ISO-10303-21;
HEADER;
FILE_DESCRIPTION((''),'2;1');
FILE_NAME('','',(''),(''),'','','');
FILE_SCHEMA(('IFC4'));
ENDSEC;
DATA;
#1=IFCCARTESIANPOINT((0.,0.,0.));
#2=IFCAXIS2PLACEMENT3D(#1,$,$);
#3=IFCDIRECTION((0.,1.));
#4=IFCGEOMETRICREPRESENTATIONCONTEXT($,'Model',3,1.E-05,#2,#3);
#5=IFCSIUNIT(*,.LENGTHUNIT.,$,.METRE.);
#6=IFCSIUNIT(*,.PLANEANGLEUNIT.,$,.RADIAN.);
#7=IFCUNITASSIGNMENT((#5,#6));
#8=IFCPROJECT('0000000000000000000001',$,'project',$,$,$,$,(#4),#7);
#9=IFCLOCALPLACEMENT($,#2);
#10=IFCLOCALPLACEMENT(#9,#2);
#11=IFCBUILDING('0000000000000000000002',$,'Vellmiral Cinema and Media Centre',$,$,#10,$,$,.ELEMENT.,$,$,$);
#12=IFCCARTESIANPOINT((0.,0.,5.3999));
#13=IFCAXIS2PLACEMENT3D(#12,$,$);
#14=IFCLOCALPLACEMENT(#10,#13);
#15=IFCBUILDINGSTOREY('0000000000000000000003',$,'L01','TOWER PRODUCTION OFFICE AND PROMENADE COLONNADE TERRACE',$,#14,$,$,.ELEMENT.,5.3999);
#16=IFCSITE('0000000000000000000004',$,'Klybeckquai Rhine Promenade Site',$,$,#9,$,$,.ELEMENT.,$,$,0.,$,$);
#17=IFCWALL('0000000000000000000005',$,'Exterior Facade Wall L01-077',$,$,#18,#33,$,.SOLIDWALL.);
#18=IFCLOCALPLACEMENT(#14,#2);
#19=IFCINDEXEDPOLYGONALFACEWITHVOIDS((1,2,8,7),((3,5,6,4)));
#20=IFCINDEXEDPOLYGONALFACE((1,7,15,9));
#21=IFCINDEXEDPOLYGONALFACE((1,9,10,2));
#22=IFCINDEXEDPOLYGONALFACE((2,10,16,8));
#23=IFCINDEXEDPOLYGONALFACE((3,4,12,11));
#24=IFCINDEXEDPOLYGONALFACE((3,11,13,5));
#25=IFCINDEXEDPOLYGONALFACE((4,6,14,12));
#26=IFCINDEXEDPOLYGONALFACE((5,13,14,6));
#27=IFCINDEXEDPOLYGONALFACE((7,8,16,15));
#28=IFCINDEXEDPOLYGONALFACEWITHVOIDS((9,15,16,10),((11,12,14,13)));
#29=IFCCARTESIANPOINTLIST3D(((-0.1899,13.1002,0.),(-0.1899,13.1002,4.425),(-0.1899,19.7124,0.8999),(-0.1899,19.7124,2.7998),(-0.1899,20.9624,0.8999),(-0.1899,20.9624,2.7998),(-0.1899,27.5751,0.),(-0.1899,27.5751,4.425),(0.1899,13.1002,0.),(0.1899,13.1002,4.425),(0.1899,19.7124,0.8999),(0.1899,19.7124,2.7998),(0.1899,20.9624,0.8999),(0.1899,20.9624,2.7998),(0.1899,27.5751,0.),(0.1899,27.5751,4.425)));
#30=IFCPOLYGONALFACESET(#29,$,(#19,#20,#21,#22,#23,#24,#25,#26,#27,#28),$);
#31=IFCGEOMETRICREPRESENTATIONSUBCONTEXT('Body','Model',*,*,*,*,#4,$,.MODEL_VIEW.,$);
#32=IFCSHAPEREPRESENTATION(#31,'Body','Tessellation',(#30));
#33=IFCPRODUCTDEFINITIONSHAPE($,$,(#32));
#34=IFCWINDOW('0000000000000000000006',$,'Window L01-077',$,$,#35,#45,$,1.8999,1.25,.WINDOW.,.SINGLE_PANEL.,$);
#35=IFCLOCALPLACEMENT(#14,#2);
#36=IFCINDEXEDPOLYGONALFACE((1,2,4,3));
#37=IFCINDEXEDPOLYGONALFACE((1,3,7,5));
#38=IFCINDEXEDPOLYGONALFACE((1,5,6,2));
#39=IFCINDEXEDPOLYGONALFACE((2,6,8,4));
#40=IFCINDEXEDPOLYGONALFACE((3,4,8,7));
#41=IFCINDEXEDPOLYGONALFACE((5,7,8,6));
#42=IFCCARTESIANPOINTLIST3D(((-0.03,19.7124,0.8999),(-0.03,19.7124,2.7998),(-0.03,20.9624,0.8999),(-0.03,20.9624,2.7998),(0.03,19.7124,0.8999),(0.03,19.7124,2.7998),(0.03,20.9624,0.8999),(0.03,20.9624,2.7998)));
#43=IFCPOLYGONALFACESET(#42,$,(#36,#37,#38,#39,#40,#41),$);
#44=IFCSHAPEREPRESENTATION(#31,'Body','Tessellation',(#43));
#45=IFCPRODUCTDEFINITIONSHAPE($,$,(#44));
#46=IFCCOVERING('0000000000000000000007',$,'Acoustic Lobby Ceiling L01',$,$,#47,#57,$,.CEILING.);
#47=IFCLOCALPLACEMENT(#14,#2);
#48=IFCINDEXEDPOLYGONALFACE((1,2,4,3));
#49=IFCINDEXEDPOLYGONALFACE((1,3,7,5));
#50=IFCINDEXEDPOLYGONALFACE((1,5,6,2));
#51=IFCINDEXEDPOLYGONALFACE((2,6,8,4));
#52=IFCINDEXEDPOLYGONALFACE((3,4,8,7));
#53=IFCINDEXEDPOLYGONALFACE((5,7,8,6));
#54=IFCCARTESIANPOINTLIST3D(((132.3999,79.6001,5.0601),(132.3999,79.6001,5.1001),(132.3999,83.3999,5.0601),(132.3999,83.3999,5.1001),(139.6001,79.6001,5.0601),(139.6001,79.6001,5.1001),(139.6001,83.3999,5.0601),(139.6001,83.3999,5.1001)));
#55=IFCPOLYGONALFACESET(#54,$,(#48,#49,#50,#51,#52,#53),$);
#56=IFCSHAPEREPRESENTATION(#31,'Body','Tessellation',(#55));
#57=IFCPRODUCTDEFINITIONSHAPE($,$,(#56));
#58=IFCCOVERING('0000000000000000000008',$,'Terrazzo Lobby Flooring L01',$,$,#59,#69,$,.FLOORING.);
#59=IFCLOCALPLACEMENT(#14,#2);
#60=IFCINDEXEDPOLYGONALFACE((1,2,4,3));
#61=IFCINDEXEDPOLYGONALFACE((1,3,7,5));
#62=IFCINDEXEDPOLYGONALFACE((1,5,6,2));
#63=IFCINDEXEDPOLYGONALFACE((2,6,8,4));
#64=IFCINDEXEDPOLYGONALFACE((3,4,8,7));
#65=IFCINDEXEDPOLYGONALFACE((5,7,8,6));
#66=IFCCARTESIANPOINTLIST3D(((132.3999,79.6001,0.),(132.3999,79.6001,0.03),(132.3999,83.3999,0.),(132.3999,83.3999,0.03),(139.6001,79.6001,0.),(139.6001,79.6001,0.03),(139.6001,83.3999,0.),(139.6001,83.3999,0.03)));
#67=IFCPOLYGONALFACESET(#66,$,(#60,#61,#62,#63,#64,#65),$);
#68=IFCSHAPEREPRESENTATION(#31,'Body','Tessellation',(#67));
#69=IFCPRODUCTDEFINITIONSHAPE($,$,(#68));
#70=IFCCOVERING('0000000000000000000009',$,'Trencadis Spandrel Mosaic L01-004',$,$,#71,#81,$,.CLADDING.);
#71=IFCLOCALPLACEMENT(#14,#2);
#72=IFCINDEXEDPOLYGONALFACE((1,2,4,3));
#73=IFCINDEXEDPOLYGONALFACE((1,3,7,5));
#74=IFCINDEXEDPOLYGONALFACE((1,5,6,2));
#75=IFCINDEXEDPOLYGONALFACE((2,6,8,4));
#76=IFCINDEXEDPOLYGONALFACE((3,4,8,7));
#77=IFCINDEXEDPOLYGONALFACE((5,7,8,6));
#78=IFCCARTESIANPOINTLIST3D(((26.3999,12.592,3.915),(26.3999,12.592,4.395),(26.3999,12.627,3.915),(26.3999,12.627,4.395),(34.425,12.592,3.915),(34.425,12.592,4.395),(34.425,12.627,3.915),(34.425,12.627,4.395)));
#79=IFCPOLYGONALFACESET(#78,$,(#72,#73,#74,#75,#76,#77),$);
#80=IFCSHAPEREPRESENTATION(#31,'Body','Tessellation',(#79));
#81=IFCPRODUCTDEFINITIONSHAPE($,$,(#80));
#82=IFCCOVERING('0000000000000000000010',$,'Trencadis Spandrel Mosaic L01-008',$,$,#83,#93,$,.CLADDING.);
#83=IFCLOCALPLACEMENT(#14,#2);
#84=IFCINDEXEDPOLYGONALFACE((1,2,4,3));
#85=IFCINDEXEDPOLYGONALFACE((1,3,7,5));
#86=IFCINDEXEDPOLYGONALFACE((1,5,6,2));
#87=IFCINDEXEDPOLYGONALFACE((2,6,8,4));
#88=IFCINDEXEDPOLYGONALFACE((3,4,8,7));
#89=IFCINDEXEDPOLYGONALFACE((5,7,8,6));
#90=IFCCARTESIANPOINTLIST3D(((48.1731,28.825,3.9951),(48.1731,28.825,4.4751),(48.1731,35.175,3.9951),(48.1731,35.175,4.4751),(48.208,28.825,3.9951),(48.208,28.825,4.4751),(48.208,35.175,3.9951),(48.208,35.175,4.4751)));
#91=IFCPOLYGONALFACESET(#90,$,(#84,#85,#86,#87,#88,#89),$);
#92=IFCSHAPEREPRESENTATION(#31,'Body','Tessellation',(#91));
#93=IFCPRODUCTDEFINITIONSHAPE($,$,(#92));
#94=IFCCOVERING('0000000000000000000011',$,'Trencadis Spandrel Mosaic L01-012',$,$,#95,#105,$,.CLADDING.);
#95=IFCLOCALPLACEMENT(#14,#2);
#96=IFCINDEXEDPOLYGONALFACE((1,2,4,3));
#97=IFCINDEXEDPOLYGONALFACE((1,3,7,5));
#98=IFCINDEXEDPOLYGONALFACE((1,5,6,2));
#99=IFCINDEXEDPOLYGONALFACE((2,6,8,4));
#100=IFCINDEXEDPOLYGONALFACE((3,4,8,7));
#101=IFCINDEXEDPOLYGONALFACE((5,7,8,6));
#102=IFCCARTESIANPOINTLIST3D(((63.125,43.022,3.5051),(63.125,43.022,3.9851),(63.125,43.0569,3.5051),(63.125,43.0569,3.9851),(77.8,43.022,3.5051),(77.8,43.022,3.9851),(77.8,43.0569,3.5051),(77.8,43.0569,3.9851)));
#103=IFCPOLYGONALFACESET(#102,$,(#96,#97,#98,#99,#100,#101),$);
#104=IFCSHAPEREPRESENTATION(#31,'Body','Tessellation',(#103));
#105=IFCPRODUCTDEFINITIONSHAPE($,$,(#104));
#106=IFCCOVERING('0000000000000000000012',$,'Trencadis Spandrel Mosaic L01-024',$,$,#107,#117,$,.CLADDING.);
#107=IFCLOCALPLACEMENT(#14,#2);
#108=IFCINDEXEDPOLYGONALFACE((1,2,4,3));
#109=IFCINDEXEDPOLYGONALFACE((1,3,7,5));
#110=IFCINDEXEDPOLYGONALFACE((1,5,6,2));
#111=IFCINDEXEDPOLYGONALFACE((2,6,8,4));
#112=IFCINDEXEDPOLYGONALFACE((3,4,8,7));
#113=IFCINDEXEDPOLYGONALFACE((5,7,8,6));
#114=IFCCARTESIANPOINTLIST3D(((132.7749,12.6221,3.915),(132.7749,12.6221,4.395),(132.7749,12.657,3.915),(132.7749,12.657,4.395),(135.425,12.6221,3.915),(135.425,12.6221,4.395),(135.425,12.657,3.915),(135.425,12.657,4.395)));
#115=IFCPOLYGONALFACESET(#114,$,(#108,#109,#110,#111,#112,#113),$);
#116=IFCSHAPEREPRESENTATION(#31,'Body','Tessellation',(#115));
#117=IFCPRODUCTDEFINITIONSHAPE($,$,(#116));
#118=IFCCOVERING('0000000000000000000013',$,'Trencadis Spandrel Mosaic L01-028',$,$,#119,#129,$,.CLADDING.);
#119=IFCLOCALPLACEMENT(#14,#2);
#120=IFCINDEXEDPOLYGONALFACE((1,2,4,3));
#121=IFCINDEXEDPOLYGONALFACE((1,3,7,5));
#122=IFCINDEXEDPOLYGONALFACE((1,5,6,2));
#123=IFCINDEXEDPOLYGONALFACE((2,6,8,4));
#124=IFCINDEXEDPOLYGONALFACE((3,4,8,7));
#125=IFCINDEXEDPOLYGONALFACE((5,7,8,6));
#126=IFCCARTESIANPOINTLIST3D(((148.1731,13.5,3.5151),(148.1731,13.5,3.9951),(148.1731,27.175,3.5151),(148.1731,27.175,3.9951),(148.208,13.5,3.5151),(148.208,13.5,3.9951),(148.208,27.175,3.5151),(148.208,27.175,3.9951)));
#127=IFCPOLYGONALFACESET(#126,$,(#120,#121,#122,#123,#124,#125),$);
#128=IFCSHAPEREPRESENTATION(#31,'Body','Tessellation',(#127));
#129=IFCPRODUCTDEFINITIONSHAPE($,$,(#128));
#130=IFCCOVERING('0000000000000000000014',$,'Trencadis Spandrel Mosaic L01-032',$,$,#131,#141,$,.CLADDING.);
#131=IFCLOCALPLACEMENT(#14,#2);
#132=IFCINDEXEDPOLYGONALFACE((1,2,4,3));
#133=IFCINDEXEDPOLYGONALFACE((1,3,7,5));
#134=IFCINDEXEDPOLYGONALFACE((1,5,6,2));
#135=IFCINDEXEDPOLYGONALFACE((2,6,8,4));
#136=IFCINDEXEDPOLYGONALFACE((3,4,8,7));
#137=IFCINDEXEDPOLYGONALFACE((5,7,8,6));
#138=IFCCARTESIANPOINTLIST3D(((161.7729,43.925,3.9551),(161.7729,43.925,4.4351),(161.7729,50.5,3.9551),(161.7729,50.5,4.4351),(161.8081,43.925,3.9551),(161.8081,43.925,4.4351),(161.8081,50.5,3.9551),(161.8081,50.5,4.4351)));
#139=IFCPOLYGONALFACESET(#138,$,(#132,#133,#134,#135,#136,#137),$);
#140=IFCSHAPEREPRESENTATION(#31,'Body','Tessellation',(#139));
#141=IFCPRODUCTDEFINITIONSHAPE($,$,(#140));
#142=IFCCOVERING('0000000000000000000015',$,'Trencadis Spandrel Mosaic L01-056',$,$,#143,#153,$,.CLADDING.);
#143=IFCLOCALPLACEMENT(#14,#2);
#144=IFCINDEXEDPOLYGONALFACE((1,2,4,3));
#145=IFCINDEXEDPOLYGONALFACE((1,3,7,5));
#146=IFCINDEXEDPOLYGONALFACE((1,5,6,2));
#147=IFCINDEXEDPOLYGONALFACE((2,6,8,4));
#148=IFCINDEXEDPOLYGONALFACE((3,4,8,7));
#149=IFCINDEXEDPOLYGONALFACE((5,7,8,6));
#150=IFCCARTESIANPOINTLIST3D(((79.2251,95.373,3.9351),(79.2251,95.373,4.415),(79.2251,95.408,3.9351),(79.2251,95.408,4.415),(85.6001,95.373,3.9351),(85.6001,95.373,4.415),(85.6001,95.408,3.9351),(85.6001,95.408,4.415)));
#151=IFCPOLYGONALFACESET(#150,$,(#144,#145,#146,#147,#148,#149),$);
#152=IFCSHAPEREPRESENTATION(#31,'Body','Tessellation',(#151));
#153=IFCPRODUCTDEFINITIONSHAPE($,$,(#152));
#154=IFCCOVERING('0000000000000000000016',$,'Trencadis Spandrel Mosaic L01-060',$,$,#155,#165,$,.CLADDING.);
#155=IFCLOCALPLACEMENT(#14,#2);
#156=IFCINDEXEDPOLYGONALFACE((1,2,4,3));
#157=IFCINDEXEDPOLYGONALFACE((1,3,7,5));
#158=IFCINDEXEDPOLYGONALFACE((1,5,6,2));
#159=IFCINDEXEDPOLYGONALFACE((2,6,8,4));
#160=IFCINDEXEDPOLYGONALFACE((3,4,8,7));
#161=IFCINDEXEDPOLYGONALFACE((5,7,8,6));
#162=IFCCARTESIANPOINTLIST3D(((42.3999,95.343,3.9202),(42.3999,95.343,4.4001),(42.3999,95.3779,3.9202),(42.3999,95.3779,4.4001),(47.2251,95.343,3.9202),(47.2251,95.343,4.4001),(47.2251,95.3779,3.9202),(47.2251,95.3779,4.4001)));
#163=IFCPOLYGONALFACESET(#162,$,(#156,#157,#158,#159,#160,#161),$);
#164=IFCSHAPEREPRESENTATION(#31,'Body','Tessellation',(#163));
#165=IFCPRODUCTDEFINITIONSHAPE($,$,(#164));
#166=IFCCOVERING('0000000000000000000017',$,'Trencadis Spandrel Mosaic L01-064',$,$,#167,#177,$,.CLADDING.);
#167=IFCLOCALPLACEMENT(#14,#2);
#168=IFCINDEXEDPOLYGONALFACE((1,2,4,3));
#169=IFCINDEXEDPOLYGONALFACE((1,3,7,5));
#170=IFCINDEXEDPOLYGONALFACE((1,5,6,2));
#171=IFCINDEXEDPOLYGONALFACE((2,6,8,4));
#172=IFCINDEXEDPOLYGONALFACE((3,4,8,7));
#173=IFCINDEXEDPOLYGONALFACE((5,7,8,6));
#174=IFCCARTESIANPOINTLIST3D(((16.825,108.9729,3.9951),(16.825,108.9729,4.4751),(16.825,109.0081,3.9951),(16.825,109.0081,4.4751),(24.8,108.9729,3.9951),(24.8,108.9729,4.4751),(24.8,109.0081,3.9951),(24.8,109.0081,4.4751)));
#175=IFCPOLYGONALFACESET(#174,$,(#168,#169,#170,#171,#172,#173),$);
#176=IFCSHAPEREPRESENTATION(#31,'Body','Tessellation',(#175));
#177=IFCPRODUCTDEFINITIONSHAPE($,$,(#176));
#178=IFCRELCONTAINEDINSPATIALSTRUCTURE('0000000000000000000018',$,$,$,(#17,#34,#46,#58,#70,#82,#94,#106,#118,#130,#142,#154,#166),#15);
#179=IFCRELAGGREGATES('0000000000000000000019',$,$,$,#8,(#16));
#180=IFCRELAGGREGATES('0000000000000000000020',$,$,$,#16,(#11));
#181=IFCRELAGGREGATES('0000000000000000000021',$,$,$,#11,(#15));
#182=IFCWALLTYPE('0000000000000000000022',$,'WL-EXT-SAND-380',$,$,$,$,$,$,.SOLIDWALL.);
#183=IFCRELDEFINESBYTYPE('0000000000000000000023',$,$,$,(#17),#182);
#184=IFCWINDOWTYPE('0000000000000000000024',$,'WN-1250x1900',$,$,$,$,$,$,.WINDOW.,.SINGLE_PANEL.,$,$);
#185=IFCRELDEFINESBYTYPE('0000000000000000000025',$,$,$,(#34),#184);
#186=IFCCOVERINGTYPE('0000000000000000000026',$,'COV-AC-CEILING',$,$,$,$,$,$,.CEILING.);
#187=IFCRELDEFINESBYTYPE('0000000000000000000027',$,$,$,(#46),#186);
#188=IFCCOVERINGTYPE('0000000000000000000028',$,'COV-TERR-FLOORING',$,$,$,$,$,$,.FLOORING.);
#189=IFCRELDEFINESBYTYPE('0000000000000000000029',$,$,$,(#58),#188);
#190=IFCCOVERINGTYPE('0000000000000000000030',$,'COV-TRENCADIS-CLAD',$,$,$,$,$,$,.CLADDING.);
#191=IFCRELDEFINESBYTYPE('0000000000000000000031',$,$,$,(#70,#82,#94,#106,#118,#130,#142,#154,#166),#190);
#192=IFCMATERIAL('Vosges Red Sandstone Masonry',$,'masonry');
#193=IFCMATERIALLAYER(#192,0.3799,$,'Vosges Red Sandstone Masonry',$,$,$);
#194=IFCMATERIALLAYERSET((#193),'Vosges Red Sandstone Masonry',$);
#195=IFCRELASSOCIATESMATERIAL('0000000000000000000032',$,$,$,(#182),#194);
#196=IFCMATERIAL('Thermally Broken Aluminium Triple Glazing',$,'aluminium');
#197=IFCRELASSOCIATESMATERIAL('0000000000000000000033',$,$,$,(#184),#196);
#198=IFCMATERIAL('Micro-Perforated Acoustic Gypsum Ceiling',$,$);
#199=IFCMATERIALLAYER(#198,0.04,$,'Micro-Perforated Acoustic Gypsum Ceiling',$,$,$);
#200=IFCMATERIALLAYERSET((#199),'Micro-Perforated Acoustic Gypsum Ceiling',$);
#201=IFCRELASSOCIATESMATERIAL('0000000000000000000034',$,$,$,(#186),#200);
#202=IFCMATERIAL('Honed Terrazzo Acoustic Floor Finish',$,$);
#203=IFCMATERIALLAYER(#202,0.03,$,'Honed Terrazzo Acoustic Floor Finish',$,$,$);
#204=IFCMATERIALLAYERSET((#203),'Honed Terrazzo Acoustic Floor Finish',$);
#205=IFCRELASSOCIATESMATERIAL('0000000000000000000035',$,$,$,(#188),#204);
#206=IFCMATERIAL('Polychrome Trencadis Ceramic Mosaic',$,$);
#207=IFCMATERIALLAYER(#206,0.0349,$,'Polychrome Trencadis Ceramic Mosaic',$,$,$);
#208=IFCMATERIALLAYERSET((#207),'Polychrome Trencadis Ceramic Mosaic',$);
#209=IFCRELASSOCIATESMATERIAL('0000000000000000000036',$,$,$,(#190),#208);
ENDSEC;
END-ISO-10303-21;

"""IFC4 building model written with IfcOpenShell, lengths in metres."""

from ifc_helpers import new_model, si_unit, direction, frame, frame_2d, origin, place, context, subcontext, project, spatial, polyline, rectangle, outline, extrude, material, layer, layer_set, type_object, element, fill, save


model = new_model("IFC4")

# Units and contexts
model_context = context("Model", 3, precision=1e-05, world=origin(), true_north=direction((0.0, 1.0)))
body_context = subcontext(model_context, "Body", "Model", "MODEL_VIEW")
ifc_project = project(units=[si_unit("LENGTHUNIT", "METRE"), si_unit("PLANEANGLEUNIT", "RADIAN")], contexts=[model_context])

# Site, building, storey
site_placement = place(None, origin())
site = spatial("IfcSite", under=ifc_project, at=site_placement, Name="Klybeckquai Rhine Promenade Site", CompositionType="ELEMENT", RefElevation=0.0)
building_placement = place(site_placement, origin())
building = spatial("IfcBuilding", under=site, at=building_placement, Name="Vellmiral Cinema and Media Centre", CompositionType="ELEMENT")
storey_placement = place(building_placement, frame((0.0, 0.0, 5.3999)))
storey = spatial("IfcBuildingStorey", under=building, at=storey_placement, Name="L01", Description="TOWER PRODUCTION OFFICE AND PROMENADE COLONNADE TERRACE", CompositionType="ELEMENT", Elevation=5.3999)

# Wall, opening, window
ifc_material_1 = material(Name="Vosges Red Sandstone Masonry", Category="masonry")
ifc_layer_1 = layer(ifc_material_1, 0.3799, Name="Vosges Red Sandstone Masonry")
ifc_layer_set_1 = layer_set([ifc_layer_1], Name="Vosges Red Sandstone Masonry")
wall_type = type_object("IfcWallType", Name="WL-EXT-SAND-380", PredefinedType="SOLIDWALL", material=ifc_layer_set_1)
wall_1_placement = place(storey_placement, frame((0.0, 27.575, 0.0), z_axis=(0.0, 0.0, 1.0), x_axis=(0.0, -1.0, 0.0)))
wall_1 = element("IfcWall", 1, at=wall_1_placement, inside=storey, type_object=wall_type, Name="Exterior Facade Wall L01-077", PredefinedType="SOLIDWALL", context=body_context, shape_type="SweptSolid", body=[
    extrude(rectangle(XDim=14.4749, YDim=0.3799, at=frame_2d((7.2373, 0.0))), origin(), (0.0, 0.0, 1.0), 4.425),
])
opening_1_placement = place(wall_1_placement, frame((6.6125, 0.0, 0.8999)))
opening_1 = element("IfcOpeningElement", 2, at=opening_1_placement, cuts=wall_1, PredefinedType="OPENING", context=body_context, shape_type="SweptSolid", body=[
    extrude(rectangle(XDim=1.25, YDim=1.8999, at=frame_2d((0.625, 0.95))), frame((0.0, 0.2019, 0.0), z_axis=(0.0, -1.0, 0.0), x_axis=(1.0, 0.0, 0.0)), (0.0, 0.0, 1.0), 0.4038),
])
ifc_material_2 = material(Name="Thermally Broken Aluminium Triple Glazing", Category="aluminium")
window_type_1 = type_object("IfcWindowType", Name="WN-1250x1900", PartitioningType="SINGLE_PANEL", PredefinedType="WINDOW", material=ifc_material_2)
window_1_placement = place(opening_1_placement, origin())
window_1 = element("IfcWindow", 3, at=window_1_placement, inside=storey, type_object=window_type_1, Name="Window L01-077", OverallHeight=1.8999, OverallWidth=1.25, PartitioningType="SINGLE_PANEL", PredefinedType="WINDOW", context=body_context, shape_type="SweptSolid", body=[
    extrude(rectangle(XDim=1.25, YDim=1.8999, at=frame_2d((0.625, 0.95))), frame((0.0, 0.03, 0.0), z_axis=(0.0, -1.0, 0.0), x_axis=(1.0, 0.0, 0.0)), (0.0, 0.0, 1.0), 0.0601),
])
fill(opening_1, window_1)

# Coverings
ifc_material_3 = material(Name="Micro-Perforated Acoustic Gypsum Ceiling")
ifc_layer_2 = layer(ifc_material_3, 0.04, Name="Micro-Perforated Acoustic Gypsum Ceiling")
ifc_layer_set_2 = layer_set([ifc_layer_2], Name="Micro-Perforated Acoustic Gypsum Ceiling")
covering_type_1 = type_object("IfcCoveringType", Name="COV-AC-CEILING", PredefinedType="CEILING", material=ifc_layer_set_2)
covering_1_placement = place(storey_placement, frame((0.0, 0.0, 5.0601)))
element("IfcCovering", 4, at=covering_1_placement, inside=storey, type_object=covering_type_1, Name="Acoustic Lobby Ceiling L01", PredefinedType="CEILING", context=body_context, shape_type="SweptSolid", body=[
    extrude(outline(polyline([(132.3999, 79.6001), (139.6001, 79.6001), (139.6001, 83.3999), (132.3999, 83.3999), (132.3999, 79.6001)])), origin(), (0.0, 0.0, 1.0), 0.04),
])
ifc_material_4 = material(Name="Honed Terrazzo Acoustic Floor Finish")
ifc_layer_3 = layer(ifc_material_4, 0.03, Name="Honed Terrazzo Acoustic Floor Finish")
ifc_layer_set_3 = layer_set([ifc_layer_3], Name="Honed Terrazzo Acoustic Floor Finish")
covering_type_2 = type_object("IfcCoveringType", Name="COV-TERR-FLOORING", PredefinedType="FLOORING", material=ifc_layer_set_3)
covering_2_placement = place(storey_placement, origin())
element("IfcCovering", 5, at=covering_2_placement, inside=storey, type_object=covering_type_2, Name="Terrazzo Lobby Flooring L01", PredefinedType="FLOORING", context=body_context, shape_type="SweptSolid", body=[
    extrude(outline(polyline([(132.3999, 79.6001), (139.6001, 79.6001), (139.6001, 83.3999), (132.3999, 83.3999), (132.3999, 79.6001)])), origin(), (0.0, 0.0, 1.0), 0.03),
])
ifc_material_5 = material(Name="Polychrome Trencadis Ceramic Mosaic")
ifc_layer_4 = layer(ifc_material_5, 0.0349, Name="Polychrome Trencadis Ceramic Mosaic")
ifc_layer_set_4 = layer_set([ifc_layer_4], Name="Polychrome Trencadis Ceramic Mosaic")
covering_type_3 = type_object("IfcCoveringType", Name="COV-TRENCADIS-CLAD", PredefinedType="CLADDING", material=ifc_layer_set_4)
covering_3_placement = place(storey_placement, frame((0.0, 0.0, 3.915)))
element("IfcCovering", 6, at=covering_3_placement, inside=storey, type_object=covering_type_3, Name="Trencadis Spandrel Mosaic L01-004", PredefinedType="CLADDING", context=body_context, shape_type="SweptSolid", body=[
    extrude(outline(polyline([(26.3999, 12.592), (34.425, 12.592), (34.425, 12.627), (26.3999, 12.627), (26.3999, 12.592)])), origin(), (0.0, 0.0, 1.0), 0.48),
])
covering_4_placement = place(storey_placement, frame((0.0, 0.0, 3.9951)))
element("IfcCovering", 7, at=covering_4_placement, inside=storey, type_object=covering_type_3, Name="Trencadis Spandrel Mosaic L01-008", PredefinedType="CLADDING", context=body_context, shape_type="SweptSolid", body=[
    extrude(outline(polyline([(48.208, 28.825), (48.208, 35.175), (48.1731, 35.175), (48.1731, 28.825), (48.208, 28.825)])), origin(), (0.0, 0.0, 1.0), 0.48),
])
covering_5_placement = place(storey_placement, frame((0.0, 0.0, 3.5051)))
element("IfcCovering", 8, at=covering_5_placement, inside=storey, type_object=covering_type_3, Name="Trencadis Spandrel Mosaic L01-012", PredefinedType="CLADDING", context=body_context, shape_type="SweptSolid", body=[
    extrude(outline(polyline([(63.125, 43.022), (77.8, 43.022), (77.8, 43.0569), (63.125, 43.0569), (63.125, 43.022)])), origin(), (0.0, 0.0, 1.0), 0.48),
])
covering_6_placement = place(storey_placement, frame((0.0, 0.0, 3.915)))
element("IfcCovering", 9, at=covering_6_placement, inside=storey, type_object=covering_type_3, Name="Trencadis Spandrel Mosaic L01-024", PredefinedType="CLADDING", context=body_context, shape_type="SweptSolid", body=[
    extrude(outline(polyline([(132.7749, 12.6221), (135.425, 12.6221), (135.425, 12.657), (132.7749, 12.657), (132.7749, 12.6221)])), origin(), (0.0, 0.0, 1.0), 0.48),
])
covering_7_placement = place(storey_placement, frame((0.0, 0.0, 3.5151)))
element("IfcCovering", 10, at=covering_7_placement, inside=storey, type_object=covering_type_3, Name="Trencadis Spandrel Mosaic L01-028", PredefinedType="CLADDING", context=body_context, shape_type="SweptSolid", body=[
    extrude(outline(polyline([(148.208, 13.5), (148.208, 27.175), (148.1731, 27.175), (148.1731, 13.5), (148.208, 13.5)])), origin(), (0.0, 0.0, 1.0), 0.48),
])
covering_8_placement = place(storey_placement, frame((0.0, 0.0, 3.9551)))
element("IfcCovering", 11, at=covering_8_placement, inside=storey, type_object=covering_type_3, Name="Trencadis Spandrel Mosaic L01-032", PredefinedType="CLADDING", context=body_context, shape_type="SweptSolid", body=[
    extrude(outline(polyline([(161.8081, 43.925), (161.8081, 50.5), (161.7729, 50.5), (161.7729, 43.925), (161.8081, 43.925)])), origin(), (0.0, 0.0, 1.0), 0.48),
])
covering_9_placement = place(storey_placement, frame((0.0, 0.0, 3.9351)))
element("IfcCovering", 12, at=covering_9_placement, inside=storey, type_object=covering_type_3, Name="Trencadis Spandrel Mosaic L01-056", PredefinedType="CLADDING", context=body_context, shape_type="SweptSolid", body=[
    extrude(outline(polyline([(85.6001, 95.408), (79.2251, 95.408), (79.2251, 95.373), (85.6001, 95.373), (85.6001, 95.408)])), origin(), (0.0, 0.0, 1.0), 0.48),
])
covering_10_placement = place(storey_placement, frame((0.0, 0.0, 3.9202)))
element("IfcCovering", 13, at=covering_10_placement, inside=storey, type_object=covering_type_3, Name="Trencadis Spandrel Mosaic L01-060", PredefinedType="CLADDING", context=body_context, shape_type="SweptSolid", body=[
    extrude(outline(polyline([(47.2251, 95.3779), (42.3999, 95.3779), (42.3999, 95.343), (47.2251, 95.343), (47.2251, 95.3779)])), origin(), (0.0, 0.0, 1.0), 0.48),
])
covering_11_placement = place(storey_placement, frame((0.0, 0.0, 3.9951)))
element("IfcCovering", 14, at=covering_11_placement, inside=storey, type_object=covering_type_3, Name="Trencadis Spandrel Mosaic L01-064", PredefinedType="CLADDING", context=body_context, shape_type="SweptSolid", body=[
    extrude(outline(polyline([(24.8, 109.0081), (16.825, 109.0081), (16.825, 108.9729), (24.8, 108.9729), (24.8, 109.0081)])), origin(), (0.0, 0.0, 1.0), 0.48),
])

save(model, "model.ifc")
